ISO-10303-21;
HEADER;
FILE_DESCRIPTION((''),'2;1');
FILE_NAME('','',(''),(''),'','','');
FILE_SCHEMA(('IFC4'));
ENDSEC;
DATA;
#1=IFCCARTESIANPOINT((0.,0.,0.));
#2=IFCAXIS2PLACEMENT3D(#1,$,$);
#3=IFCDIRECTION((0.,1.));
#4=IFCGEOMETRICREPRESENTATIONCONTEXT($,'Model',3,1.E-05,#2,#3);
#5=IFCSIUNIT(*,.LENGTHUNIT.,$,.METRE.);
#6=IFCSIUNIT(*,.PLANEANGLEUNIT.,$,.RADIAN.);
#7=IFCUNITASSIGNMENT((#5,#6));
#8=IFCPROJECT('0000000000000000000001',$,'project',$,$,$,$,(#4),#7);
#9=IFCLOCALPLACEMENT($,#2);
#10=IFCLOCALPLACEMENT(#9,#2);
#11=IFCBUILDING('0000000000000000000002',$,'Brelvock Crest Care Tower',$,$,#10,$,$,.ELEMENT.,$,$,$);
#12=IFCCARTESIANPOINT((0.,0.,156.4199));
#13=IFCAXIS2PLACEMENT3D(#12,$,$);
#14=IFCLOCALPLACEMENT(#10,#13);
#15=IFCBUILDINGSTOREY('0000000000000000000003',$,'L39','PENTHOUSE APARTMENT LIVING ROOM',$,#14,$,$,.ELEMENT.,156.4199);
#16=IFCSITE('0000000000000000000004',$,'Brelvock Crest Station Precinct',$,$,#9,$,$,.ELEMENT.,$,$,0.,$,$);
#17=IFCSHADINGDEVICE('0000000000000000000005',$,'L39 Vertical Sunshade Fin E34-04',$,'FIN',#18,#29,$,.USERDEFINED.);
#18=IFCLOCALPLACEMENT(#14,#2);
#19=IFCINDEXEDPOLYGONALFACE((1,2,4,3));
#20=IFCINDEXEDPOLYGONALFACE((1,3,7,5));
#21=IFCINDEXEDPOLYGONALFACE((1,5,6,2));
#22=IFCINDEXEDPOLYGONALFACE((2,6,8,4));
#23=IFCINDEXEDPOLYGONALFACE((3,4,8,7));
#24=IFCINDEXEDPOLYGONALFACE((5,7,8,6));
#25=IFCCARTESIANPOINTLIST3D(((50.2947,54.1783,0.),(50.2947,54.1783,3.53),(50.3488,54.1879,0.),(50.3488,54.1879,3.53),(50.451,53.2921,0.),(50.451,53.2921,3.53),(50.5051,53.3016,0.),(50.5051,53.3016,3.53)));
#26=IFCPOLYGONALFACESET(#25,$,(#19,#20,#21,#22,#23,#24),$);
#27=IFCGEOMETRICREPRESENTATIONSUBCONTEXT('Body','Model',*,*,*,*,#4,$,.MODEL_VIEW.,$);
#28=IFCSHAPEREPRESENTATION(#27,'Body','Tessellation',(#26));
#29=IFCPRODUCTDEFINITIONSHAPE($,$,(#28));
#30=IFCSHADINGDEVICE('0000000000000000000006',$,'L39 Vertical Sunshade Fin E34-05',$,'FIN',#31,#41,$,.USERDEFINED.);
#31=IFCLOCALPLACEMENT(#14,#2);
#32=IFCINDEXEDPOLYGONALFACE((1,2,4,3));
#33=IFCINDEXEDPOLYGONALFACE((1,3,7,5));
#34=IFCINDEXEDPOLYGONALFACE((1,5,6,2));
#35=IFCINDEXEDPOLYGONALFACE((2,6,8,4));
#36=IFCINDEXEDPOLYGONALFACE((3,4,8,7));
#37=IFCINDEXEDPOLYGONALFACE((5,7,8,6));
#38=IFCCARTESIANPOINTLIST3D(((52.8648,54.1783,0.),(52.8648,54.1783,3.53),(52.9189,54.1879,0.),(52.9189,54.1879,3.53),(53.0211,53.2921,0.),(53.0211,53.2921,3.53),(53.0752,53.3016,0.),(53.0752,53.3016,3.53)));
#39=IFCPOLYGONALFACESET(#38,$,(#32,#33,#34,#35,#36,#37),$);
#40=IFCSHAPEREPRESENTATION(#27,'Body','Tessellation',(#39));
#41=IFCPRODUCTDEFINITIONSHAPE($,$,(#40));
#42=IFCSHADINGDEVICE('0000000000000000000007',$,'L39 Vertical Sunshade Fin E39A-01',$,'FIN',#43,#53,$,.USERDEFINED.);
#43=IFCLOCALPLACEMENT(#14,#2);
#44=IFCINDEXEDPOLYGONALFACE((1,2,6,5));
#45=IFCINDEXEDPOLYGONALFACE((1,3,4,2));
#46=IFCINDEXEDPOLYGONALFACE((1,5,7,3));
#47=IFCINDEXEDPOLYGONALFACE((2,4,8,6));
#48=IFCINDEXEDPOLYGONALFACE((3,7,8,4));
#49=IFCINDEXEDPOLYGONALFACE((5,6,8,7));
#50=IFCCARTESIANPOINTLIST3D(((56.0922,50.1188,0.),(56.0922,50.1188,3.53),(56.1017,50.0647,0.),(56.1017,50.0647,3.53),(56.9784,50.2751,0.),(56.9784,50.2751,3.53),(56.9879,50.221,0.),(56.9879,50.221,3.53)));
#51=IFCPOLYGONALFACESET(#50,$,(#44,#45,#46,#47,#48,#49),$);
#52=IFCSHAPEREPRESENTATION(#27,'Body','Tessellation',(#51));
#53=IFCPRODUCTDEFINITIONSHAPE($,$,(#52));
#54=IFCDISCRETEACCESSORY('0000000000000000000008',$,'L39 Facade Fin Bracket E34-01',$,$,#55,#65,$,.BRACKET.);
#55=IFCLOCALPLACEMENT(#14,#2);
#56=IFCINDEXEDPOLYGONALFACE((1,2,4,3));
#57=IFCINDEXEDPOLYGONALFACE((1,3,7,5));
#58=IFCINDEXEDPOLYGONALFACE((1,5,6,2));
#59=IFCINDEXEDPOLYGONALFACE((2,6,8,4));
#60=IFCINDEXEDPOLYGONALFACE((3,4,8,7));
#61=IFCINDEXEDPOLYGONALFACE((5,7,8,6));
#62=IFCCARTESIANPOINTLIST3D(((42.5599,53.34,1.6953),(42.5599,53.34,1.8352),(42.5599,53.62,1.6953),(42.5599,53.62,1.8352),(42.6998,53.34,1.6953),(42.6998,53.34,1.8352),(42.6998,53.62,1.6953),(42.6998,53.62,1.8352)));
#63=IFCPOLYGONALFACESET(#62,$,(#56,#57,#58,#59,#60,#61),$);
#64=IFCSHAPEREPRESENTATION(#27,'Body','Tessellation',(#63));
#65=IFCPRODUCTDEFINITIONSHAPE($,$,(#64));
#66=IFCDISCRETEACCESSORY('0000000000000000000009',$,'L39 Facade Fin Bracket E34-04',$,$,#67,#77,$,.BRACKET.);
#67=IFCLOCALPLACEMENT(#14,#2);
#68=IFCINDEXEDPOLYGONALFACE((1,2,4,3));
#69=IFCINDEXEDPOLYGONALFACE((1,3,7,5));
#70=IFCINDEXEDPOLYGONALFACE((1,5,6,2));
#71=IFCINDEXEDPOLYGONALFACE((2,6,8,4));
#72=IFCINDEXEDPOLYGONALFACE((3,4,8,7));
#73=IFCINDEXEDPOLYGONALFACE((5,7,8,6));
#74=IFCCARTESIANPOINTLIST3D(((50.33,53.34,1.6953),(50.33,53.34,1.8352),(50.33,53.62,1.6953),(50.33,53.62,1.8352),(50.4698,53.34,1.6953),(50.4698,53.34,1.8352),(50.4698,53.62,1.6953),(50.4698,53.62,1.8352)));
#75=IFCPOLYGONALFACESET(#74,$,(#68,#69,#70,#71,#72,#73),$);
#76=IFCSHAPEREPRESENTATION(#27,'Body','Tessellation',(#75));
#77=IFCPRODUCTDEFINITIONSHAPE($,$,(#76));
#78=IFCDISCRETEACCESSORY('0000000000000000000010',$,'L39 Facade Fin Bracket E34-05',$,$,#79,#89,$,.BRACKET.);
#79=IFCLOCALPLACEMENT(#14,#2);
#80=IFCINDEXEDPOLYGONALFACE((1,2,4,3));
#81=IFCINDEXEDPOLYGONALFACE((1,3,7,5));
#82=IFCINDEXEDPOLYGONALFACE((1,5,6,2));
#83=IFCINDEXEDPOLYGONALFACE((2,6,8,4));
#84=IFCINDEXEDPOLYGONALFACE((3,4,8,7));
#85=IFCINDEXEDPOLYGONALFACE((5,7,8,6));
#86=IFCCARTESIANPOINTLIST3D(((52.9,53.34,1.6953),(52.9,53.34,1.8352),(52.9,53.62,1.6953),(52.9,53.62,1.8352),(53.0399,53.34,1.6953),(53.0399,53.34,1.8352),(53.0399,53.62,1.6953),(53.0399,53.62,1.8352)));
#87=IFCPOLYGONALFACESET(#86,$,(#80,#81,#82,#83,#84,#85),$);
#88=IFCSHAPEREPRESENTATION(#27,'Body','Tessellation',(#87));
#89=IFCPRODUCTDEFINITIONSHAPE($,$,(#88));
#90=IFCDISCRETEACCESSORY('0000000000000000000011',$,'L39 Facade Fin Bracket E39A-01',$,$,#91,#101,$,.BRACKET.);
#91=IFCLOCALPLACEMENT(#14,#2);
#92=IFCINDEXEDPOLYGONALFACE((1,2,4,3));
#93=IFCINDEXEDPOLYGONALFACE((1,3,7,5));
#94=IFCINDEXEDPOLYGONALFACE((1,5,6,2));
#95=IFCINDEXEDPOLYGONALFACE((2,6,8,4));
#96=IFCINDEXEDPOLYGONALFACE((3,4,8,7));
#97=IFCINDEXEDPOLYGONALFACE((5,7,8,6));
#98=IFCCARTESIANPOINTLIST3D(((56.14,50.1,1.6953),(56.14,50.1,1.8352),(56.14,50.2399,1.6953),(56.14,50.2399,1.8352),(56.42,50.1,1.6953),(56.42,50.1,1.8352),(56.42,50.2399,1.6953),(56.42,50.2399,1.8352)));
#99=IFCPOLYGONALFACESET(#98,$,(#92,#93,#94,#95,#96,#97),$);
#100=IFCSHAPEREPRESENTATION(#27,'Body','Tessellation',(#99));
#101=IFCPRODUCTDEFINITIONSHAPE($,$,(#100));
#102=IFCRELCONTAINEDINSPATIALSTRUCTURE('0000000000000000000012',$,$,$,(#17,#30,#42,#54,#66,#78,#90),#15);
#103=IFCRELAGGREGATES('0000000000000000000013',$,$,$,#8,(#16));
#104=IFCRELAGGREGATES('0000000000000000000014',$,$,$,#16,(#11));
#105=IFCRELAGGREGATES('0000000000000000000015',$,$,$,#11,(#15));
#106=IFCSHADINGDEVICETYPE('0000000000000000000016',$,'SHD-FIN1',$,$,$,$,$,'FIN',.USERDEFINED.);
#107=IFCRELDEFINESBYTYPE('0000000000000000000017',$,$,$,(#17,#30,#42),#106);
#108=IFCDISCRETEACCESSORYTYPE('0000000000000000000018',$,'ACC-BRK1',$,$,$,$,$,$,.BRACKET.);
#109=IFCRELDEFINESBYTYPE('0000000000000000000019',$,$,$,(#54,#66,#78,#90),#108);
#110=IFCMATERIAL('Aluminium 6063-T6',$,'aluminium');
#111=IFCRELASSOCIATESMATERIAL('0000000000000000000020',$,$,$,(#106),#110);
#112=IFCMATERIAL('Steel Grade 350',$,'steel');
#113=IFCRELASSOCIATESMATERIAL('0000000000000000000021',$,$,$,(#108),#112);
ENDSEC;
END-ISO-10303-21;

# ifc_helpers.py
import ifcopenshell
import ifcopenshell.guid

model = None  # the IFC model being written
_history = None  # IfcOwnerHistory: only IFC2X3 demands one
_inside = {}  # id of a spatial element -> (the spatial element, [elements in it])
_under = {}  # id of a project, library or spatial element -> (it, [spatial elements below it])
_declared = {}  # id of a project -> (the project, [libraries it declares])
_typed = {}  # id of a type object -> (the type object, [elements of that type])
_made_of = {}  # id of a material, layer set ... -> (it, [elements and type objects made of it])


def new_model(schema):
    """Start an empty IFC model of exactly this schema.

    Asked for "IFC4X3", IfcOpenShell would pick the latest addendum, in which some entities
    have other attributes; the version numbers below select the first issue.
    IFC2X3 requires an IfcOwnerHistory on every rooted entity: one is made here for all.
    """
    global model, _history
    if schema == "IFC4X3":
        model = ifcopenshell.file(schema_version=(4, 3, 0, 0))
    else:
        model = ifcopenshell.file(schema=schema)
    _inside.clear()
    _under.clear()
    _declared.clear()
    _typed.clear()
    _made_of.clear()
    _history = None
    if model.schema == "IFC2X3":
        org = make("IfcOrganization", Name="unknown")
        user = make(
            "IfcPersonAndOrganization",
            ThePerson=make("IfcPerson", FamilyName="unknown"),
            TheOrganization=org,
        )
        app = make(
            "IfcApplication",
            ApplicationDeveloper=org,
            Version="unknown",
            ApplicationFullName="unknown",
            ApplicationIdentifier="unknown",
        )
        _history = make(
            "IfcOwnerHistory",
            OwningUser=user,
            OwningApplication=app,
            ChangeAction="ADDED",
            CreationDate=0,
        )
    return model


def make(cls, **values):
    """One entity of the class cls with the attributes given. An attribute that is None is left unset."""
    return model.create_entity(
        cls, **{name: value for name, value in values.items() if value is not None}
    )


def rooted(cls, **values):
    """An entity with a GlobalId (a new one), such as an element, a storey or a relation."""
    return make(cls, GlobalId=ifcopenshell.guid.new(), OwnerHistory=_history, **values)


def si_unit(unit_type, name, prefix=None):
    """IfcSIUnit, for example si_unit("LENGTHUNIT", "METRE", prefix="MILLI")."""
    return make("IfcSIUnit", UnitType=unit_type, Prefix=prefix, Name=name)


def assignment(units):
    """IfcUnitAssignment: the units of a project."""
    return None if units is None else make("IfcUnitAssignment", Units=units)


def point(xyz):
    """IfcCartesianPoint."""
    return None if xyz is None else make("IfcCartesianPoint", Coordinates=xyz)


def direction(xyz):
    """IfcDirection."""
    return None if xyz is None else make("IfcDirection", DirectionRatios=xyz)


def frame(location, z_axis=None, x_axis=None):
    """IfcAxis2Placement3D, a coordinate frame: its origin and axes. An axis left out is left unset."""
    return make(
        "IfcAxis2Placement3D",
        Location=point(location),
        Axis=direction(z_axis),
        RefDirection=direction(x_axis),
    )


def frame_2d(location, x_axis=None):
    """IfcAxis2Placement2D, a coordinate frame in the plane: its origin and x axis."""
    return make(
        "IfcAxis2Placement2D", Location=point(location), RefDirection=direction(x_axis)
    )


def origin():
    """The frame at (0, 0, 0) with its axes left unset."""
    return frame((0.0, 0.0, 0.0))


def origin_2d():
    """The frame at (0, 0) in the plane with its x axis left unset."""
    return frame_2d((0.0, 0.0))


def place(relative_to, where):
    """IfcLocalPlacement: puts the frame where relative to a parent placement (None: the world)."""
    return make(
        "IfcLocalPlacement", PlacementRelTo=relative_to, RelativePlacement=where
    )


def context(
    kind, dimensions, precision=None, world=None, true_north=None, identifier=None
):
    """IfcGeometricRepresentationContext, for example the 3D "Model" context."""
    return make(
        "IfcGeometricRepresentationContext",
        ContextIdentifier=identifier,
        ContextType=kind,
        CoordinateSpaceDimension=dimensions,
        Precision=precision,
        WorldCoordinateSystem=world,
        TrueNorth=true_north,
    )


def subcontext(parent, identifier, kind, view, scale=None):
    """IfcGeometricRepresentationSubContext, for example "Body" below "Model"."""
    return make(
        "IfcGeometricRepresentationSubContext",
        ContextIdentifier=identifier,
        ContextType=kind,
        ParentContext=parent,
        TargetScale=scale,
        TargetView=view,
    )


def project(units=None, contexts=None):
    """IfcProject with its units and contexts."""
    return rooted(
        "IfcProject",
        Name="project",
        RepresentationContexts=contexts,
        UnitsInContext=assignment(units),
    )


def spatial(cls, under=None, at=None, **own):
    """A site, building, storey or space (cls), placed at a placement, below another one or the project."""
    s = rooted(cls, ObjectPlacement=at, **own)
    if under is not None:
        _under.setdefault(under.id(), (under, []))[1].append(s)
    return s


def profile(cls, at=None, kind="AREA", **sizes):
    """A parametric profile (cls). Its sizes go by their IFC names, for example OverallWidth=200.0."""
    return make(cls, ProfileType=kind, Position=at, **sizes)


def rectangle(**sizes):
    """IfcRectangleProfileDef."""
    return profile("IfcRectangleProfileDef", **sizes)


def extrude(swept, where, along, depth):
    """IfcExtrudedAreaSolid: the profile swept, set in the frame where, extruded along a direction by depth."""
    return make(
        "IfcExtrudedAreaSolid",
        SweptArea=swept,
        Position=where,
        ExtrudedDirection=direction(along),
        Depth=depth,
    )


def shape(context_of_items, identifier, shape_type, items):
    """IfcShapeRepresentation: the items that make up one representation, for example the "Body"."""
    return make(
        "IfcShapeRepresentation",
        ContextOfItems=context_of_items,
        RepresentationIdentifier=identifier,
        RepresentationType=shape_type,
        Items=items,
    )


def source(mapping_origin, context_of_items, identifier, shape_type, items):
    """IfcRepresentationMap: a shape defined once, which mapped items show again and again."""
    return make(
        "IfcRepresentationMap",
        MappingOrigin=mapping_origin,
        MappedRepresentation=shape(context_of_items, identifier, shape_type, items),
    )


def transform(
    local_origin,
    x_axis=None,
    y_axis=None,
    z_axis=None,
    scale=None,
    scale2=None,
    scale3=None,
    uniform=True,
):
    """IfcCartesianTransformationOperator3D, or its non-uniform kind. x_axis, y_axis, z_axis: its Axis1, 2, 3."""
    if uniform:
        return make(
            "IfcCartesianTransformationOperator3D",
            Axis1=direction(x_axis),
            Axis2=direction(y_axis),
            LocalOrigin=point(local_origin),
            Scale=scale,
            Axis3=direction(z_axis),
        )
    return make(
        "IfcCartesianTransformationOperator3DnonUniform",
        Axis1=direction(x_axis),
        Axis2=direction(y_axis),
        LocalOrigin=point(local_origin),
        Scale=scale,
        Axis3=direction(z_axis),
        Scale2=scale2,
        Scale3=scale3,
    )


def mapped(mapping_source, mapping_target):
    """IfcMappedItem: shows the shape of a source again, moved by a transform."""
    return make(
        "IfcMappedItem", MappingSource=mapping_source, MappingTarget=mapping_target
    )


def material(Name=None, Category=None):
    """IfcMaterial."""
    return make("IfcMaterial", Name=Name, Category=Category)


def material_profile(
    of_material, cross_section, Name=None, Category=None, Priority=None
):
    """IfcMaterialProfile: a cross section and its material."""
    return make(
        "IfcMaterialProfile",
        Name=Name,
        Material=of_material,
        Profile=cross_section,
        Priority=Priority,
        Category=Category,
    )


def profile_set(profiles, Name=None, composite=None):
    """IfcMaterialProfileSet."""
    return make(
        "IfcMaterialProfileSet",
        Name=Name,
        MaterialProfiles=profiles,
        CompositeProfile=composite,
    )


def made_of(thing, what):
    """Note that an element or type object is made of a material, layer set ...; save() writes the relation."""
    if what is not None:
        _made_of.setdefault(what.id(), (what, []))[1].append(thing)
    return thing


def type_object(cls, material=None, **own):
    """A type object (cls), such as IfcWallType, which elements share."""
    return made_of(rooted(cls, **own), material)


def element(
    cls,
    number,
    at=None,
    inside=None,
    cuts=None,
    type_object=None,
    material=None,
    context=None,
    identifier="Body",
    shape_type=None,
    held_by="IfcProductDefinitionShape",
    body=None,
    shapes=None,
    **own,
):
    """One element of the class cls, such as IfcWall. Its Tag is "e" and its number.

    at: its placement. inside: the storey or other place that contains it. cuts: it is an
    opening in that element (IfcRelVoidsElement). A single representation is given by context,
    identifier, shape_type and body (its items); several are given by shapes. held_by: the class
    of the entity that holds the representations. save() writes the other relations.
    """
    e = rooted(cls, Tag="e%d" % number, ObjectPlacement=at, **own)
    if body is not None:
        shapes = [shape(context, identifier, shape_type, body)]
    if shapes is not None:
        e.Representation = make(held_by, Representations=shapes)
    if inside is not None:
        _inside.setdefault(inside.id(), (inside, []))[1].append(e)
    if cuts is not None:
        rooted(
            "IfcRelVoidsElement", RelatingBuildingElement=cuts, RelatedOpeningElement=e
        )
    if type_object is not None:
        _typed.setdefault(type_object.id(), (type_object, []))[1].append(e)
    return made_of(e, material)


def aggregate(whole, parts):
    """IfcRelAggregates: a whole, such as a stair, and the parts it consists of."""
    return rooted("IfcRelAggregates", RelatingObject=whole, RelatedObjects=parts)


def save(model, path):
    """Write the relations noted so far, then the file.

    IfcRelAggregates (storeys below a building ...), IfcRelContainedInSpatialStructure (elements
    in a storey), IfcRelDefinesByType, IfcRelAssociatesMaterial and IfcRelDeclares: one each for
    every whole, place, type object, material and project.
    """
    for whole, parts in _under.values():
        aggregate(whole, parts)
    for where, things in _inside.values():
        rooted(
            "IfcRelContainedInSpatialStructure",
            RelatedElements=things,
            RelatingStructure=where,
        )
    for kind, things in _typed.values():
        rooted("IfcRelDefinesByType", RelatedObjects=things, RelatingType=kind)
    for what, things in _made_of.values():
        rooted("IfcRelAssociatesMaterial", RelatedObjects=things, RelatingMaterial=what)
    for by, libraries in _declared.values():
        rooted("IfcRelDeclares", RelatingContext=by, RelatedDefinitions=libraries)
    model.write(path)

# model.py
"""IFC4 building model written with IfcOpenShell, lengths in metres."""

from ifc_helpers import new_model, si_unit, direction, frame, origin, origin_2d, place, context, subcontext, project, spatial, rectangle, extrude, source, transform, mapped, material, material_profile, profile_set, type_object, element, save


model = new_model("IFC4")

# Units and contexts
model_context = context("Model", 3, precision=1e-05, world=origin(), true_north=direction((0.0, 1.0)))
body_context = subcontext(model_context, "Body", "Model", "MODEL_VIEW")
ifc_project = project(units=[si_unit("LENGTHUNIT", "METRE"), si_unit("PLANEANGLEUNIT", "RADIAN")], contexts=[model_context])

# Site, building, storey
site_placement = place(None, origin())
site = spatial("IfcSite", under=ifc_project, at=site_placement, Name="Brelvock Crest Station Precinct", CompositionType="ELEMENT", RefElevation=0.0)
building_placement = place(site_placement, origin())
building = spatial("IfcBuilding", under=site, at=building_placement, Name="Brelvock Crest Care Tower", CompositionType="ELEMENT")
storey_placement = place(building_placement, frame((0.0, 0.0, 156.4199)))
storey = spatial("IfcBuildingStorey", under=building, at=storey_placement, Name="L39", Description="PENTHOUSE APARTMENT LIVING ROOM", CompositionType="ELEMENT", Elevation=156.4199)

# Shared definitions
ifc_material_1 = material(Name="Aluminium 6063-T6", Category="aluminium")

# Shading devices
ifc_material_profile_1 = material_profile(ifc_material_1, rectangle(XDim=0.0549, YDim=0.8999, at=origin_2d()), Name="FIN55x900")
ifc_profile_set_1 = profile_set([ifc_material_profile_1], Name="Aluminium 6063-T6")
shading_device_type = type_object("IfcShadingDeviceType", Name="SHD-FIN1", ElementType="FIN", PredefinedType="USERDEFINED", material=ifc_profile_set_1)
shared_shape_1 = source(origin(), body_context, "Body", "SweptSolid", [
    extrude(rectangle(XDim=0.0549, YDim=0.8999, at=origin_2d()), origin(), (0.0, 0.0, 1.0), 3.53),
])
for number, where, z_axis, x_axis, name in (
    (1, (50.3999, 53.74, 0.0), (0.0, 0.0, 1.0), (0.984808, 0.173648, 0.0), "L39 Vertical Sunshade Fin E34-04"),
    (2, (52.97, 53.74, 0.0), (0.0, 0.0, 1.0), (0.984808, 0.173648, 0.0), "L39 Vertical Sunshade Fin E34-05"),
    (3, (56.54, 50.1699, 0.0), (0.0, 0.0, 1.0), (0.173648, -0.984808, 0.0), "L39 Vertical Sunshade Fin E39A-01"),
):
    element("IfcShadingDevice", number, at=place(storey_placement, frame(where, z_axis=z_axis, x_axis=x_axis)), inside=storey, type_object=shading_device_type, Name=name, ObjectType="FIN", PredefinedType="USERDEFINED", context=body_context, shape_type="MappedRepresentation", body=[
        mapped(shared_shape_1, transform((0.0, 0.0, 0.0), x_axis=(1.0, 0.0, 0.0), y_axis=(0.0, 1.0, 0.0), z_axis=(0.0, 0.0, 1.0), scale=1.0)),
    ])

# Discrete accessories
ifc_material_2 = material(Name="Steel Grade 350", Category="steel")
discrete_accessory_type = type_object("IfcDiscreteAccessoryType", Name="ACC-BRK1", PredefinedType="BRACKET", material=ifc_material_2)
shared_shape_2 = source(origin(), body_context, "Body", "SweptSolid", [
    extrude(rectangle(XDim=0.28, YDim=0.1399, at=origin_2d()), origin(), (0.0, 0.0, 1.0), 0.1399),
])
for number, where, z_axis, x_axis, name in (
    (4, (42.6299, 53.48, 1.6953), (0.0, 0.0, 1.0), (0.0, 1.0, 0.0), "L39 Facade Fin Bracket E34-01"),
    (5, (50.3999, 53.48, 1.6953), (0.0, 0.0, 1.0), (0.0, 1.0, 0.0), "L39 Facade Fin Bracket E34-04"),
    (6, (52.97, 53.48, 1.6953), (0.0, 0.0, 1.0), (0.0, 1.0, 0.0), "L39 Facade Fin Bracket E34-05"),
    (7, (56.28, 50.1699, 1.6953), (0.0, 0.0, 1.0), (1.0, 0.0, 0.0), "L39 Facade Fin Bracket E39A-01"),
):
    element("IfcDiscreteAccessory", number, at=place(storey_placement, frame(where, z_axis=z_axis, x_axis=x_axis)), inside=storey, type_object=discrete_accessory_type, Name=name, PredefinedType="BRACKET", context=body_context, shape_type="MappedRepresentation", body=[
        mapped(shared_shape_2, transform((0.0, 0.0, 0.0), x_axis=(1.0, 0.0, 0.0), y_axis=(0.0, 1.0, 0.0), z_axis=(0.0, 0.0, 1.0), scale=1.0)),
    ])

save(model, "model.ifc")
